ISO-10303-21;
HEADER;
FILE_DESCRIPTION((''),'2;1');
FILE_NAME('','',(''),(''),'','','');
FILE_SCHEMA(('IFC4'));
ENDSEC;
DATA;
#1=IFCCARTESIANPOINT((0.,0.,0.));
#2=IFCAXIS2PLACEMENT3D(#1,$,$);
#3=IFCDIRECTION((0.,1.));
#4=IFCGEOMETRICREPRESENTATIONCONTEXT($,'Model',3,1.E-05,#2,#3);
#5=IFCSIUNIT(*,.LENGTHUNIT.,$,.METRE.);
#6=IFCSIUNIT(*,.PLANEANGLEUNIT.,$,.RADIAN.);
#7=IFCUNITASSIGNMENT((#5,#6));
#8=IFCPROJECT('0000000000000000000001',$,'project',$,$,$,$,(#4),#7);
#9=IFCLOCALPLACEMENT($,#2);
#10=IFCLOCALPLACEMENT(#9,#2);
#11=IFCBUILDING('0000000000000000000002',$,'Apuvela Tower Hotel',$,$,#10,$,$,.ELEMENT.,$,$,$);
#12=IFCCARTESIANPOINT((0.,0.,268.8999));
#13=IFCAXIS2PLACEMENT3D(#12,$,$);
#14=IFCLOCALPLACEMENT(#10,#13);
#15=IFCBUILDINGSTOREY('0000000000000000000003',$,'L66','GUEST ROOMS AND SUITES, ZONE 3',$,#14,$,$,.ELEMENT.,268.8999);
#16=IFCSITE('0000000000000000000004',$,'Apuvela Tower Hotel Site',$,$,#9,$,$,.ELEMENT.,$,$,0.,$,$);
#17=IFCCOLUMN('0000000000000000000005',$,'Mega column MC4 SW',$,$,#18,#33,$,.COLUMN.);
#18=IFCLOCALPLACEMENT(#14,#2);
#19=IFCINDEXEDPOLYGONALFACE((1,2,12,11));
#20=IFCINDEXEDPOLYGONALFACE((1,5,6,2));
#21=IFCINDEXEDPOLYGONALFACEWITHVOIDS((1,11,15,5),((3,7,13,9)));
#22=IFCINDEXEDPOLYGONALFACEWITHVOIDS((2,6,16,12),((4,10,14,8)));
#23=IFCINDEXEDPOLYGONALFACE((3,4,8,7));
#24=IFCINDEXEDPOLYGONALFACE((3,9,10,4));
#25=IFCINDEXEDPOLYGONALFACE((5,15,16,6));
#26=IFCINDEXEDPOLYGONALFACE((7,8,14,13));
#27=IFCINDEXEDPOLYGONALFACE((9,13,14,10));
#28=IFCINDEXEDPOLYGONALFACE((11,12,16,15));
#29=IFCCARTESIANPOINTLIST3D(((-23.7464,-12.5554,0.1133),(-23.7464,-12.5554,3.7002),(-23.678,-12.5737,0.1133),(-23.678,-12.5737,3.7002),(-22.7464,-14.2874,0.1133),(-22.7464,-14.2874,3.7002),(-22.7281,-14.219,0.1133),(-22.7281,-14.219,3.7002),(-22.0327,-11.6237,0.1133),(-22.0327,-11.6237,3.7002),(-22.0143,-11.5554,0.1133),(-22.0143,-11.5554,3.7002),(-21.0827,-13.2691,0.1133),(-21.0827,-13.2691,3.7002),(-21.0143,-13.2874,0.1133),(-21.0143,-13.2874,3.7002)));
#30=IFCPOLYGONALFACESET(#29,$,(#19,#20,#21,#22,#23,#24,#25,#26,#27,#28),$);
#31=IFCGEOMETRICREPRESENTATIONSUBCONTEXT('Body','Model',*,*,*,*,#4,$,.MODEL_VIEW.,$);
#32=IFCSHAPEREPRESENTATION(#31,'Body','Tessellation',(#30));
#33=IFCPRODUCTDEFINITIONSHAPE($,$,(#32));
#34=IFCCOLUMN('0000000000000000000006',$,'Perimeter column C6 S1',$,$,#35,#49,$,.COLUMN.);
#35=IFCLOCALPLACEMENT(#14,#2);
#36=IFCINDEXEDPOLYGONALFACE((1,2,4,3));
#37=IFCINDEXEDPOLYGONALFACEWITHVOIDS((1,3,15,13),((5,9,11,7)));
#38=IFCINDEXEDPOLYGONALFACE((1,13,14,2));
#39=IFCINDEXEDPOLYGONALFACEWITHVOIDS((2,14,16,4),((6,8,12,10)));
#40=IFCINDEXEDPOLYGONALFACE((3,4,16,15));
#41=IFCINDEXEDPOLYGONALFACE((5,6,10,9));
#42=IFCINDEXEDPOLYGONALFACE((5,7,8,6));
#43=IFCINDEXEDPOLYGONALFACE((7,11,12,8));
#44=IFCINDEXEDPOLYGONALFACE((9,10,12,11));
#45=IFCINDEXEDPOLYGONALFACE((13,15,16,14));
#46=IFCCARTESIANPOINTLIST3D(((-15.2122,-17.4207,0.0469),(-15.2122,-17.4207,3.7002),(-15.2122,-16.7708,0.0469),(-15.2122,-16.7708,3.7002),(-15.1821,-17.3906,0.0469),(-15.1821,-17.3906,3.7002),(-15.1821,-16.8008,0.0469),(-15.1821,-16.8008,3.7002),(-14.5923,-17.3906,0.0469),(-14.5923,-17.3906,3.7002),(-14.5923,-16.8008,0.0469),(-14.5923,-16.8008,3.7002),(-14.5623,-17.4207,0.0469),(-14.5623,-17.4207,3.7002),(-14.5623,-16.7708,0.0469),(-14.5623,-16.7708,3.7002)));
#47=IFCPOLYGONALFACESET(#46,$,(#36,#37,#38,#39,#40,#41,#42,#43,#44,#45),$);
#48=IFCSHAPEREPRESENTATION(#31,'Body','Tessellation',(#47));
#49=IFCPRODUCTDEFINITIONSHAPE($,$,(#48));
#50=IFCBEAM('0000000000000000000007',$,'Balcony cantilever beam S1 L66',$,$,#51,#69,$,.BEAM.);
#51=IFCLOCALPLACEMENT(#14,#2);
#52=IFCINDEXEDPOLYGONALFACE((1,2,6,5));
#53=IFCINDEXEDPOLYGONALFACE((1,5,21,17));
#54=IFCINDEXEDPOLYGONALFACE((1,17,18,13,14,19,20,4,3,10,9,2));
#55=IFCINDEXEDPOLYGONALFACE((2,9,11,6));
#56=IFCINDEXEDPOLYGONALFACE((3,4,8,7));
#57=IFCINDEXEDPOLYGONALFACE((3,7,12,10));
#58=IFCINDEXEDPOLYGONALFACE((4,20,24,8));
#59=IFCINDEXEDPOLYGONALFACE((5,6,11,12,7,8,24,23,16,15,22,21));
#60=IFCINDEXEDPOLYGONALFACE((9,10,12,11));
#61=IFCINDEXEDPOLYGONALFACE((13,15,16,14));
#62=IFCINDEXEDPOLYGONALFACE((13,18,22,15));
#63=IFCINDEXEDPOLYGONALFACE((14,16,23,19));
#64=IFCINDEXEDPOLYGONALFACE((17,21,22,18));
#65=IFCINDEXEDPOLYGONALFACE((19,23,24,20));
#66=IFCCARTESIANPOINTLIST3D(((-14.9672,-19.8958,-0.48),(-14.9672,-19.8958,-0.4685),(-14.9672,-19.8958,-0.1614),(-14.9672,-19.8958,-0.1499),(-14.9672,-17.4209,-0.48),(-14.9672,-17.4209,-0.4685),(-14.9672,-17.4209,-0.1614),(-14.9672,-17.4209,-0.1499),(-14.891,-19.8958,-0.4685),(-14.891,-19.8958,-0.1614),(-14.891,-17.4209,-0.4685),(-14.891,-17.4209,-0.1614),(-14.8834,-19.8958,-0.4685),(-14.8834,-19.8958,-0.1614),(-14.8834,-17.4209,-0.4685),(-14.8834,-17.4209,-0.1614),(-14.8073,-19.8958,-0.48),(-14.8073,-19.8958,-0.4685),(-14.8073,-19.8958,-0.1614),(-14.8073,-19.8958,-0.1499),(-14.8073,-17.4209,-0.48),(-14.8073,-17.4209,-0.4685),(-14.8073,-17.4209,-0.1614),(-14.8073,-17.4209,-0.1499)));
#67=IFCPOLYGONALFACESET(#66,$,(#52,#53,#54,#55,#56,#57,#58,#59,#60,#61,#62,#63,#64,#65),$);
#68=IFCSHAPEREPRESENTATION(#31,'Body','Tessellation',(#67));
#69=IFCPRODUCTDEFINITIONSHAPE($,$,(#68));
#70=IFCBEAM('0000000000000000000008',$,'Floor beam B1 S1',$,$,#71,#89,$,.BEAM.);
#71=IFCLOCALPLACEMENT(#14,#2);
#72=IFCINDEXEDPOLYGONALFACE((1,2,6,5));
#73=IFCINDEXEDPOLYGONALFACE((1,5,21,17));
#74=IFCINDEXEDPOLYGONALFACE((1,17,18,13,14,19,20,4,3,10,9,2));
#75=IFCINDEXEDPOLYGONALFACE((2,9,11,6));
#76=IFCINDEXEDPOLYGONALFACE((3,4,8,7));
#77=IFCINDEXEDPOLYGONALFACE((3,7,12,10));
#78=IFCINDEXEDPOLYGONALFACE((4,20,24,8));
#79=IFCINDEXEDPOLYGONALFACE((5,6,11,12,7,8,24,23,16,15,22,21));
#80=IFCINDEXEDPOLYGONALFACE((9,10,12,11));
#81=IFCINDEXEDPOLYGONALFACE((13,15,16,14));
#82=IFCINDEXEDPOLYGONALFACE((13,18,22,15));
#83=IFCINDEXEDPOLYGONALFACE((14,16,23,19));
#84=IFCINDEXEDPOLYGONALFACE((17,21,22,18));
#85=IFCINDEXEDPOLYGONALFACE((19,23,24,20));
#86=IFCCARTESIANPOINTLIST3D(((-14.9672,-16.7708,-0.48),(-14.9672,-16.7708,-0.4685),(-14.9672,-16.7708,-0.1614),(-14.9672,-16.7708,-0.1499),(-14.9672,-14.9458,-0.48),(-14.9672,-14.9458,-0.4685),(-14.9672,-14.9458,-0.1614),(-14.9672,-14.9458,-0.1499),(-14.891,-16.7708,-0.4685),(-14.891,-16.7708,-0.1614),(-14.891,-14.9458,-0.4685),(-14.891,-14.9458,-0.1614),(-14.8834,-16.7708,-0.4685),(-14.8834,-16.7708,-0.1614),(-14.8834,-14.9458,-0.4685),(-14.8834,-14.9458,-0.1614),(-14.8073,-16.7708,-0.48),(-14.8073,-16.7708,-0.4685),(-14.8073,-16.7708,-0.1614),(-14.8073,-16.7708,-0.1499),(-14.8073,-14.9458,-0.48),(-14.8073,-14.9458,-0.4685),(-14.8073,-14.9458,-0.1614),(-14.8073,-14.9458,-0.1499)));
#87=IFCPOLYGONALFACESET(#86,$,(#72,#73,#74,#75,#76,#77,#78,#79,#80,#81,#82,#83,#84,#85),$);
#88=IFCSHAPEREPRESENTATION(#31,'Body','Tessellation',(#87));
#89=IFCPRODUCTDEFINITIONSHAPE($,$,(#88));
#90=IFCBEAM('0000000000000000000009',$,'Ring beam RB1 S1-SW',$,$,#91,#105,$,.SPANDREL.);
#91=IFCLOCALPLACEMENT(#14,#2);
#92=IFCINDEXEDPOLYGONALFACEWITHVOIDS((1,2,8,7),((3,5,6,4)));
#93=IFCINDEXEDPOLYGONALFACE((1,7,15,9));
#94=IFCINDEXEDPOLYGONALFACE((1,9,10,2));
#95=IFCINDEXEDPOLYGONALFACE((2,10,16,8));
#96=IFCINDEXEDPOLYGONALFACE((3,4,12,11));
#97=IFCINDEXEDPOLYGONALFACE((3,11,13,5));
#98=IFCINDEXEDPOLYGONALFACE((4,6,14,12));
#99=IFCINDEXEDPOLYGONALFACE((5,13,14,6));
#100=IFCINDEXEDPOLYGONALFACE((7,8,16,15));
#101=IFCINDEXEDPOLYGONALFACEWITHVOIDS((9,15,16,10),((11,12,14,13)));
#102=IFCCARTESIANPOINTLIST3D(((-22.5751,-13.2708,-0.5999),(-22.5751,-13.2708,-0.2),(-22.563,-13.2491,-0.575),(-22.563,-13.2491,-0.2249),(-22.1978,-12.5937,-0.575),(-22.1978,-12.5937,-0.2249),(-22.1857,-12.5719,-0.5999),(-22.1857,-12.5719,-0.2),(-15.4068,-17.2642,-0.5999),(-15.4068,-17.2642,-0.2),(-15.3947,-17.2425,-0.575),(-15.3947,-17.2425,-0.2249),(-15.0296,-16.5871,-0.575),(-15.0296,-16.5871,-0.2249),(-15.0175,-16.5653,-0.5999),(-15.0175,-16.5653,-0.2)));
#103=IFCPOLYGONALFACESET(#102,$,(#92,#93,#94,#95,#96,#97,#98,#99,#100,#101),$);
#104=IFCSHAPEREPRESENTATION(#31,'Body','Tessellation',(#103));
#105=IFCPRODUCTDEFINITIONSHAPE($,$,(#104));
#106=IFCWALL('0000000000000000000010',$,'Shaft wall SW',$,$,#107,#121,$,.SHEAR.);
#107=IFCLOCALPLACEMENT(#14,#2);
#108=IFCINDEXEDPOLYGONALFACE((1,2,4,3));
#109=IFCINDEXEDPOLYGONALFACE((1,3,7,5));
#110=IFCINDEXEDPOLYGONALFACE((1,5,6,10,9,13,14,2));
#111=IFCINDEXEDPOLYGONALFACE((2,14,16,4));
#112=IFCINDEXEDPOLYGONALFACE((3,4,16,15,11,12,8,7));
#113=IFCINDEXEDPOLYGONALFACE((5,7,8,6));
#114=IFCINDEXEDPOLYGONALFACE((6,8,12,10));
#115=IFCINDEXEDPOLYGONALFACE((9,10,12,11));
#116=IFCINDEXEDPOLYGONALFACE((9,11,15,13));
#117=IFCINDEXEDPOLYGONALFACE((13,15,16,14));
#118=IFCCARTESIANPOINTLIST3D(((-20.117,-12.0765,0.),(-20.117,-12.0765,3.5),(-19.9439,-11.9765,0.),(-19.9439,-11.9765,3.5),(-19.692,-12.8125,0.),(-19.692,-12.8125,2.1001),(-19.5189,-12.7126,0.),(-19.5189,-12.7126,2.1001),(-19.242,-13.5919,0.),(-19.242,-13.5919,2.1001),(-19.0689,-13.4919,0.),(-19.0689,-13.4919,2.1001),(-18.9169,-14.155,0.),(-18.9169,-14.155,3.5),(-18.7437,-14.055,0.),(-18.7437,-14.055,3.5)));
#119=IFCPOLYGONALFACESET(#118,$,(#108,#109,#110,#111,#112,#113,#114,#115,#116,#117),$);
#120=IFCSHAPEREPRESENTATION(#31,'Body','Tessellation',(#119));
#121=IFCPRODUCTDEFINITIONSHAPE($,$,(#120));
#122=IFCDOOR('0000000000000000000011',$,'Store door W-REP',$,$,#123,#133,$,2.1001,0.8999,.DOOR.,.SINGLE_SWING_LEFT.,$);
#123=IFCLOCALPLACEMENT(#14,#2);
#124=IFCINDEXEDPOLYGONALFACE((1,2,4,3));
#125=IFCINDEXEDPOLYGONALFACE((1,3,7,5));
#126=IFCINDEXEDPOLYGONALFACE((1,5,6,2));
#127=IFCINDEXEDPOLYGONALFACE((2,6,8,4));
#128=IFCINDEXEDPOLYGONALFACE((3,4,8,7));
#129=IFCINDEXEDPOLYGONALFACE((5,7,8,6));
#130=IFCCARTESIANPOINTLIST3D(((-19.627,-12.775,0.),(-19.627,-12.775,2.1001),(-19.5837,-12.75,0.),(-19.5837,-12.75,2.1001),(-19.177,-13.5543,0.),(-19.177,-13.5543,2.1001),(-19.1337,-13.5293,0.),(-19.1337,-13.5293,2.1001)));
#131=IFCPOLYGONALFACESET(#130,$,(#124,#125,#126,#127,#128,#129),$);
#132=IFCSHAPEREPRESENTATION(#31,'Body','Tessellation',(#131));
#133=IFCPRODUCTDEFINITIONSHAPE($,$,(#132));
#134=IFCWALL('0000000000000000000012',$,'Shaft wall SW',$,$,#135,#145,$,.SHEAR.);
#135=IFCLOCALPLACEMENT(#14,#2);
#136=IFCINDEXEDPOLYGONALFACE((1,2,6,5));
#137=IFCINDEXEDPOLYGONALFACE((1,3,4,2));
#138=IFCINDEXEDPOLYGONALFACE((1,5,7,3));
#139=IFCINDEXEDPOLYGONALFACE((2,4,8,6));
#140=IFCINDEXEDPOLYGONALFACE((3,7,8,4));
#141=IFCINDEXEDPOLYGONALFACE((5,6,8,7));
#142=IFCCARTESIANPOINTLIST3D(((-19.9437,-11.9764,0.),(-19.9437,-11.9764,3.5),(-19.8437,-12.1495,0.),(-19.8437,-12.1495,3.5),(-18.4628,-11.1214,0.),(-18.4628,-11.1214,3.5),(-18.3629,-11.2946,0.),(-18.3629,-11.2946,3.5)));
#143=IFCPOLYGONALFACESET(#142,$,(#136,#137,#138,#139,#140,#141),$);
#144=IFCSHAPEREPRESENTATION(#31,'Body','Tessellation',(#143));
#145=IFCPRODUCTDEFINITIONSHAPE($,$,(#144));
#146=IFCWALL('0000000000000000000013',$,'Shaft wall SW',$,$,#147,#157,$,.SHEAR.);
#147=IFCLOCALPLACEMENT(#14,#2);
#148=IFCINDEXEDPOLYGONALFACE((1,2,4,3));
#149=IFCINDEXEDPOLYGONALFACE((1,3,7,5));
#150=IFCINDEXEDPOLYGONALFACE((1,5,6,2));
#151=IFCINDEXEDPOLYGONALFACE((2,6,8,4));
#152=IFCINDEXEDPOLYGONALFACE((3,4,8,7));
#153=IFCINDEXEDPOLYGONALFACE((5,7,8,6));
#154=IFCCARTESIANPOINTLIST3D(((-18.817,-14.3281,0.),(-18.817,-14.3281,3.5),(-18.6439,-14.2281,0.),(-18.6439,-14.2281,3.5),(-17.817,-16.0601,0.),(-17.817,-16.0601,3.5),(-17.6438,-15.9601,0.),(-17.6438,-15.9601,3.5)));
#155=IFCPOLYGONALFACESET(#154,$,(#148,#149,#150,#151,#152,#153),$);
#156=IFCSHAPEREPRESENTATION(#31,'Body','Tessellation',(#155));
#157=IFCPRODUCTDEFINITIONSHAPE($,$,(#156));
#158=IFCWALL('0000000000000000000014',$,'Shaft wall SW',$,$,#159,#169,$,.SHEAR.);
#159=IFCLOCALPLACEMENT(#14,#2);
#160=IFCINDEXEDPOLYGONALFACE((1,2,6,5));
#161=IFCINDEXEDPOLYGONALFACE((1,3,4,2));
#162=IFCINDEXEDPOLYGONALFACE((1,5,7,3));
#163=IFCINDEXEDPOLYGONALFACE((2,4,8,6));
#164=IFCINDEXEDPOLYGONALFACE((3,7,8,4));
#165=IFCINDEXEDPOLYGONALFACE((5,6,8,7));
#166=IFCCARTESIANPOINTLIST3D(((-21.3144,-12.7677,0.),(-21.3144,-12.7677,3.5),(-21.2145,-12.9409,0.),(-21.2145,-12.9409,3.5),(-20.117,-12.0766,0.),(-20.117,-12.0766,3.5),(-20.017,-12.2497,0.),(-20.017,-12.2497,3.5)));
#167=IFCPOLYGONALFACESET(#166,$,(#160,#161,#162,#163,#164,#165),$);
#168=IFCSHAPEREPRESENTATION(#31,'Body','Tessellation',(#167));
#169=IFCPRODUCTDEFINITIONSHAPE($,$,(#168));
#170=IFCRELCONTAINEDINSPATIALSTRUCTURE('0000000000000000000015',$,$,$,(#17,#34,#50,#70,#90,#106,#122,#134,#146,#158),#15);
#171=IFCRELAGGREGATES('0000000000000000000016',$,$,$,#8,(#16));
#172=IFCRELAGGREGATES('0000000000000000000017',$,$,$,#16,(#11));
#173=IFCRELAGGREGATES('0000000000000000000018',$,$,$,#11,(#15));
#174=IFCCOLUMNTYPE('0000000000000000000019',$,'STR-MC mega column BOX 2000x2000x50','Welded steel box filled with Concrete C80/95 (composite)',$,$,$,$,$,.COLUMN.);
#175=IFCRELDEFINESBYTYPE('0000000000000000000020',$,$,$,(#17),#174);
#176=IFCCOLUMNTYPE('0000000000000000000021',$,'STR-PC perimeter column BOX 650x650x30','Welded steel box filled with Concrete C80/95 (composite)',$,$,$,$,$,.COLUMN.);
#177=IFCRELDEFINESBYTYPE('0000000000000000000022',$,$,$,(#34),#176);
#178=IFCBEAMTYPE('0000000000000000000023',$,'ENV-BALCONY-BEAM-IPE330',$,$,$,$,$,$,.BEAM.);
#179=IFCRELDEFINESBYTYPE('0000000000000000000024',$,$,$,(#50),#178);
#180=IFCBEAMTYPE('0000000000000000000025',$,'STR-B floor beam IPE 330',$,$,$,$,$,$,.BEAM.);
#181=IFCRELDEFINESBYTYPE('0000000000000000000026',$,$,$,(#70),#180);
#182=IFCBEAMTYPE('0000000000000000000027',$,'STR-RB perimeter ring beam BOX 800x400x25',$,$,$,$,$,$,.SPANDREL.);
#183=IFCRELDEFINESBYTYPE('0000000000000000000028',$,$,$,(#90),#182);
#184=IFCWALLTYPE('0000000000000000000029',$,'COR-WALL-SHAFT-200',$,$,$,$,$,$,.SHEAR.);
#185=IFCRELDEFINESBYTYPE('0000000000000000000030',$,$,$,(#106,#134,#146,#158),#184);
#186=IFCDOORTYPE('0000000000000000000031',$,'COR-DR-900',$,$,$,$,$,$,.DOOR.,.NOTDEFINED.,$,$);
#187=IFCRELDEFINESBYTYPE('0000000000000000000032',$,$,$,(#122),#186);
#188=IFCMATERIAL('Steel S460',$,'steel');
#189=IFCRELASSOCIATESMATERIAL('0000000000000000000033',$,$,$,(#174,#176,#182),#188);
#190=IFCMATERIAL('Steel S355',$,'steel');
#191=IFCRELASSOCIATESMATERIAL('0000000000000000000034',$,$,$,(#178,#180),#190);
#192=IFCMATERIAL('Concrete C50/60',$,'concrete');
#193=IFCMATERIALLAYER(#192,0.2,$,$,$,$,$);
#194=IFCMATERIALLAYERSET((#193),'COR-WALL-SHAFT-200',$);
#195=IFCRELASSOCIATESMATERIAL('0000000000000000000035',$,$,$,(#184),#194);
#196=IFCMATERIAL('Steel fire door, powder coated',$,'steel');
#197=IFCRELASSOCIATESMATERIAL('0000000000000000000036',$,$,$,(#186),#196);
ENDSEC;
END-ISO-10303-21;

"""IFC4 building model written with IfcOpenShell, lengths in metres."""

from ifc_helpers import new_model, si_unit, direction, frame, frame_2d, origin, origin_2d, place, context, subcontext, project, spatial, rectangle, hollow_rectangle, i_section, extrude, boolean, halfspace, material, layer, layer_set, material_profile, profile_set, type_object, element, fill, save


model = new_model("IFC4")

# Units and contexts
model_context = context("Model", 3, precision=1e-05, world=origin(), true_north=direction((0.0, 1.0)))
body_context = subcontext(model_context, "Body", "Model", "MODEL_VIEW")
ifc_project = project(units=[si_unit("LENGTHUNIT", "METRE"), si_unit("PLANEANGLEUNIT", "RADIAN")], contexts=[model_context])

# Site, building, storey
site_placement = place(None, origin())
site = spatial("IfcSite", under=ifc_project, at=site_placement, Name="Apuvela Tower Hotel Site", CompositionType="ELEMENT", RefElevation=0.0)
building_placement = place(site_placement, origin())
building = spatial("IfcBuilding", under=site, at=building_placement, Name="Apuvela Tower Hotel", CompositionType="ELEMENT")
storey_placement = place(building_placement, frame((0.0, 0.0, 268.8999)))
storey = spatial("IfcBuildingStorey", under=building, at=storey_placement, Name="L66", Description="GUEST ROOMS AND SUITES, ZONE 3", CompositionType="ELEMENT", Elevation=268.8999)

# Columns
ifc_material_1 = material(Name="Steel S460", Category="steel")
ifc_material_profile_1 = material_profile(ifc_material_1, hollow_rectangle(XDim=2.0, YDim=2.0, WallThickness=0.05, at=origin_2d()), Name="BOX 2000x2000x50")
ifc_material_2 = material(Name="Concrete C80/95", Category="concrete")
ifc_material_profile_2 = material_profile(ifc_material_2, rectangle(XDim=1.8999, YDim=1.8999, at=origin_2d()), Name="Concrete C80/95 infill")
ifc_profile_set_1 = profile_set([ifc_material_profile_1, ifc_material_profile_2], Name="Steel S460")
column_type_1 = type_object("IfcColumnType", Name="STR-MC mega column BOX 2000x2000x50", Description="Welded steel box filled with Concrete C80/95 (composite)", PredefinedType="COLUMN", material=ifc_profile_set_1)
column_1_placement = place(storey_placement, frame((-22.3804, -12.9214, 0.0), z_axis=(0.0, 0.0, 1.0), x_axis=(-0.5, 0.866025, 0.0)))
element("IfcColumn", 1, at=column_1_placement, inside=storey, type_object=column_type_1, Name="Mega column MC4 SW", PredefinedType="COLUMN", context=body_context, shape_type="SweptSolid", body=[
    boolean("DIFFERENCE", extrude(hollow_rectangle(XDim=2.0, YDim=2.0, WallThickness=0.05, at=origin_2d()), origin(), (0.0, 0.0, 1.0), 3.7002), halfspace(frame((0.0, 0.0, 0.1133), z_axis=(0.0, 0.0, 1.0), x_axis=(1.0, 0.0, 0.0)), True)),
])
ifc_material_profile_3 = material_profile(ifc_material_1, hollow_rectangle(XDim=0.6499, YDim=0.6499, WallThickness=0.03, at=origin_2d()), Name="BOX 650x650x30")
ifc_material_profile_4 = material_profile(ifc_material_2, rectangle(XDim=0.5901, YDim=0.5901, at=origin_2d()), Name="Concrete C80/95 infill")
ifc_profile_set_2 = profile_set([ifc_material_profile_3, ifc_material_profile_4], Name="Steel S460")
column_type_2 = type_object("IfcColumnType", Name="STR-PC perimeter column BOX 650x650x30", Description="Welded steel box filled with Concrete C80/95 (composite)", PredefinedType="COLUMN", material=ifc_profile_set_2)
column_2_placement = place(storey_placement, frame((-14.8872, -17.0957, 0.0), z_axis=(0.0, 0.0, 1.0), x_axis=(-1.0, 0.0, 0.0)))
element("IfcColumn", 2, at=column_2_placement, inside=storey, type_object=column_type_2, Name="Perimeter column C6 S1", PredefinedType="COLUMN", context=body_context, shape_type="SweptSolid", body=[
    boolean("DIFFERENCE", extrude(hollow_rectangle(XDim=0.6499, YDim=0.6499, WallThickness=0.03, at=origin_2d()), origin(), (0.0, 0.0, 1.0), 3.7002), halfspace(frame((0.0, 0.0, 0.0469), z_axis=(0.0, 0.0, 1.0), x_axis=(1.0, 0.0, 0.0)), True)),
])

# Beams
ifc_material_3 = material(Name="Steel S355", Category="steel")
ifc_material_profile_5 = material_profile(ifc_material_3, i_section(OverallWidth=0.1599, OverallDepth=0.3301, WebThickness=0.0076, FlangeThickness=0.0115, at=origin_2d()), Name="IPE 330")
ifc_profile_set_3 = profile_set([ifc_material_profile_5], Name="Steel S355")
beam_type_1 = type_object("IfcBeamType", Name="ENV-BALCONY-BEAM-IPE330", PredefinedType="BEAM", material=ifc_profile_set_3)
beam_1_placement = place(storey_placement, frame((-14.8872, -17.4209, -0.3149), z_axis=(0.0, -1.0, 0.0), x_axis=(1.0, 0.0, 0.0)))
element("IfcBeam", 3, at=beam_1_placement, inside=storey, type_object=beam_type_1, Name="Balcony cantilever beam S1 L66", PredefinedType="BEAM", context=body_context, shape_type="SweptSolid", body=[
    extrude(i_section(OverallWidth=0.1599, OverallDepth=0.3301, WebThickness=0.0076, FlangeThickness=0.0115, at=origin_2d()), origin(), (0.0, 0.0, 1.0), 2.4749),
])
ifc_material_profile_6 = material_profile(ifc_material_3, i_section(OverallWidth=0.1599, OverallDepth=0.3301, WebThickness=0.0076, FlangeThickness=0.0115, at=origin_2d()), Name="IPE 330")
ifc_profile_set_4 = profile_set([ifc_material_profile_6], Name="Steel S355")
beam_type_2 = type_object("IfcBeamType", Name="STR-B floor beam IPE 330", PredefinedType="BEAM", material=ifc_profile_set_4)
beam_2_placement = place(storey_placement, frame((-14.8872, -16.7708, -0.3149), z_axis=(0.0, 1.0, 0.0), x_axis=(-1.0, 0.0, 0.0)))
element("IfcBeam", 4, at=beam_2_placement, inside=storey, type_object=beam_type_2, Name="Floor beam B1 S1", PredefinedType="BEAM", context=body_context, shape_type="SweptSolid", body=[
    extrude(i_section(OverallWidth=0.1599, OverallDepth=0.3301, WebThickness=0.0076, FlangeThickness=0.0115, at=origin_2d()), origin(), (0.0, 0.0, 1.0), 1.825),
])
ifc_material_profile_7 = material_profile(ifc_material_1, hollow_rectangle(XDim=0.8, YDim=0.3999, WallThickness=0.0249, at=origin_2d()), Name="BOX 800x400x25")
ifc_profile_set_5 = profile_set([ifc_material_profile_7], Name="Steel S460")
beam_type_3 = type_object("IfcBeamType", Name="STR-RB perimeter ring beam BOX 800x400x25", PredefinedType="SPANDREL", material=ifc_profile_set_5)
beam_3_placement = place(storey_placement, frame((-15.2122, -16.9148, -0.3999), z_axis=(-0.873584, 0.486673, 0.0), x_axis=(-0.486673, -0.873584, 0.0)))
element("IfcBeam", 5, at=beam_3_placement, inside=storey, type_object=beam_type_3, Name="Ring beam RB1 S1-SW", PredefinedType="SPANDREL", context=body_context, shape_type="SweptSolid", body=[
    extrude(hollow_rectangle(XDim=0.8, YDim=0.3999, WallThickness=0.0249, at=origin_2d()), origin(), (0.0, 0.0, 1.0), 8.2056),
])

# Wall, opening, door
ifc_material_4 = material(Name="Concrete C50/60", Category="concrete")
ifc_layer_1 = layer(ifc_material_4, 0.2)
ifc_layer_set_1 = layer_set([ifc_layer_1], Name="COR-WALL-SHAFT-200")
wall_type_1 = type_object("IfcWallType", Name="COR-WALL-SHAFT-200", PredefinedType="SHEAR", material=ifc_layer_set_1)
wall_1_placement = place(storey_placement, frame((-20.0305, -12.0264, 0.0), z_axis=(0.0, 0.0, 1.0), x_axis=(0.500034, -0.866006, 0.0)))
wall_1 = element("IfcWall", 6, at=wall_1_placement, inside=storey, type_object=wall_type_1, Name="Shaft wall SW", PredefinedType="SHEAR", context=body_context, shape_type="SweptSolid", body=[
    extrude(rectangle(XDim=2.4001, YDim=0.2, at=frame_2d((1.2002, 0.0))), origin(), (0.0, 0.0, 1.0), 3.5),
])
opening_1_placement = place(wall_1_placement, frame((0.8501, 0.0, 0.0)))
opening_1 = element("IfcOpeningElement", 7, at=opening_1_placement, cuts=wall_1, PredefinedType="OPENING", context=body_context, shape_type="SweptSolid", body=[
    extrude(rectangle(XDim=0.8999, YDim=2.1001, at=frame_2d((0.45, 1.05))), frame((0.0, 0.1099, 0.0), z_axis=(0.0, -1.0, 0.0), x_axis=(1.0, 0.0, 0.0)), (0.0, 0.0, 1.0), 0.22),
])
ifc_material_5 = material(Name="Steel fire door, powder coated", Category="steel")
door_type_1 = type_object("IfcDoorType", Name="COR-DR-900", OperationType="NOTDEFINED", PredefinedType="DOOR", material=ifc_material_5)
door_1_placement = place(opening_1_placement, frame((0.8999, 0.0, 0.0), z_axis=(0.0, 0.0, 1.0), x_axis=(-1.0, 0.0, 0.0)))
door_1 = element("IfcDoor", 8, at=door_1_placement, inside=storey, type_object=door_type_1, Name="Store door W-REP", OperationType="SINGLE_SWING_LEFT", OverallHeight=2.1001, OverallWidth=0.8999, PredefinedType="DOOR", context=body_context, shape_type="SweptSolid", body=[
    extrude(rectangle(XDim=0.8999, YDim=2.1001, at=frame_2d((0.45, 1.05))), frame((0.0, 0.0249, 0.0), z_axis=(0.0, -1.0, 0.0), x_axis=(1.0, 0.0, 0.0)), (0.0, 0.0, 1.0), 0.05),
])
fill(opening_1, door_1)

# Walls
wall_2_placement = place(storey_placement, frame((-18.4128, -11.208, 0.0), z_axis=(0.0, 0.0, 1.0), x_axis=(-0.866038, -0.499978, 0.0)))
element("IfcWall", 9, at=wall_2_placement, inside=storey, type_object=wall_type_1, Name="Shaft wall SW", PredefinedType="SHEAR", context=body_context, shape_type="SweptSolid", body=[
    extrude(rectangle(XDim=1.71, YDim=0.2, at=frame_2d((0.855, 0.0))), origin(), (0.0, 0.0, 1.0), 3.5),
])
wall_3_placement = place(storey_placement, frame((-18.7305, -14.2781, 0.0), z_axis=(0.0, 0.0, 1.0), x_axis=(0.500025, -0.866011, 0.0)))
element("IfcWall", 10, at=wall_3_placement, inside=storey, type_object=wall_type_1, Name="Shaft wall SW", PredefinedType="SHEAR", context=body_context, shape_type="SweptSolid", body=[
    extrude(rectangle(XDim=2.0, YDim=0.2, at=frame_2d((1.0, 0.0))), origin(), (0.0, 0.0, 1.0), 3.5),
])
wall_4_placement = place(storey_placement, frame((-20.0669, -12.1631, 0.0), z_axis=(0.0, 0.0, 1.0), x_axis=(-0.866094, -0.49988, 0.0)))
element("IfcWall", 11, at=wall_4_placement, inside=storey, type_object=wall_type_1, Name="Shaft wall SW", PredefinedType="SHEAR", context=body_context, shape_type="SweptSolid", body=[
    extrude(rectangle(XDim=1.3826, YDim=0.2, at=frame_2d((0.6914, 0.0))), origin(), (0.0, 0.0, 1.0), 3.5),
])

save(model, "model.ifc")
